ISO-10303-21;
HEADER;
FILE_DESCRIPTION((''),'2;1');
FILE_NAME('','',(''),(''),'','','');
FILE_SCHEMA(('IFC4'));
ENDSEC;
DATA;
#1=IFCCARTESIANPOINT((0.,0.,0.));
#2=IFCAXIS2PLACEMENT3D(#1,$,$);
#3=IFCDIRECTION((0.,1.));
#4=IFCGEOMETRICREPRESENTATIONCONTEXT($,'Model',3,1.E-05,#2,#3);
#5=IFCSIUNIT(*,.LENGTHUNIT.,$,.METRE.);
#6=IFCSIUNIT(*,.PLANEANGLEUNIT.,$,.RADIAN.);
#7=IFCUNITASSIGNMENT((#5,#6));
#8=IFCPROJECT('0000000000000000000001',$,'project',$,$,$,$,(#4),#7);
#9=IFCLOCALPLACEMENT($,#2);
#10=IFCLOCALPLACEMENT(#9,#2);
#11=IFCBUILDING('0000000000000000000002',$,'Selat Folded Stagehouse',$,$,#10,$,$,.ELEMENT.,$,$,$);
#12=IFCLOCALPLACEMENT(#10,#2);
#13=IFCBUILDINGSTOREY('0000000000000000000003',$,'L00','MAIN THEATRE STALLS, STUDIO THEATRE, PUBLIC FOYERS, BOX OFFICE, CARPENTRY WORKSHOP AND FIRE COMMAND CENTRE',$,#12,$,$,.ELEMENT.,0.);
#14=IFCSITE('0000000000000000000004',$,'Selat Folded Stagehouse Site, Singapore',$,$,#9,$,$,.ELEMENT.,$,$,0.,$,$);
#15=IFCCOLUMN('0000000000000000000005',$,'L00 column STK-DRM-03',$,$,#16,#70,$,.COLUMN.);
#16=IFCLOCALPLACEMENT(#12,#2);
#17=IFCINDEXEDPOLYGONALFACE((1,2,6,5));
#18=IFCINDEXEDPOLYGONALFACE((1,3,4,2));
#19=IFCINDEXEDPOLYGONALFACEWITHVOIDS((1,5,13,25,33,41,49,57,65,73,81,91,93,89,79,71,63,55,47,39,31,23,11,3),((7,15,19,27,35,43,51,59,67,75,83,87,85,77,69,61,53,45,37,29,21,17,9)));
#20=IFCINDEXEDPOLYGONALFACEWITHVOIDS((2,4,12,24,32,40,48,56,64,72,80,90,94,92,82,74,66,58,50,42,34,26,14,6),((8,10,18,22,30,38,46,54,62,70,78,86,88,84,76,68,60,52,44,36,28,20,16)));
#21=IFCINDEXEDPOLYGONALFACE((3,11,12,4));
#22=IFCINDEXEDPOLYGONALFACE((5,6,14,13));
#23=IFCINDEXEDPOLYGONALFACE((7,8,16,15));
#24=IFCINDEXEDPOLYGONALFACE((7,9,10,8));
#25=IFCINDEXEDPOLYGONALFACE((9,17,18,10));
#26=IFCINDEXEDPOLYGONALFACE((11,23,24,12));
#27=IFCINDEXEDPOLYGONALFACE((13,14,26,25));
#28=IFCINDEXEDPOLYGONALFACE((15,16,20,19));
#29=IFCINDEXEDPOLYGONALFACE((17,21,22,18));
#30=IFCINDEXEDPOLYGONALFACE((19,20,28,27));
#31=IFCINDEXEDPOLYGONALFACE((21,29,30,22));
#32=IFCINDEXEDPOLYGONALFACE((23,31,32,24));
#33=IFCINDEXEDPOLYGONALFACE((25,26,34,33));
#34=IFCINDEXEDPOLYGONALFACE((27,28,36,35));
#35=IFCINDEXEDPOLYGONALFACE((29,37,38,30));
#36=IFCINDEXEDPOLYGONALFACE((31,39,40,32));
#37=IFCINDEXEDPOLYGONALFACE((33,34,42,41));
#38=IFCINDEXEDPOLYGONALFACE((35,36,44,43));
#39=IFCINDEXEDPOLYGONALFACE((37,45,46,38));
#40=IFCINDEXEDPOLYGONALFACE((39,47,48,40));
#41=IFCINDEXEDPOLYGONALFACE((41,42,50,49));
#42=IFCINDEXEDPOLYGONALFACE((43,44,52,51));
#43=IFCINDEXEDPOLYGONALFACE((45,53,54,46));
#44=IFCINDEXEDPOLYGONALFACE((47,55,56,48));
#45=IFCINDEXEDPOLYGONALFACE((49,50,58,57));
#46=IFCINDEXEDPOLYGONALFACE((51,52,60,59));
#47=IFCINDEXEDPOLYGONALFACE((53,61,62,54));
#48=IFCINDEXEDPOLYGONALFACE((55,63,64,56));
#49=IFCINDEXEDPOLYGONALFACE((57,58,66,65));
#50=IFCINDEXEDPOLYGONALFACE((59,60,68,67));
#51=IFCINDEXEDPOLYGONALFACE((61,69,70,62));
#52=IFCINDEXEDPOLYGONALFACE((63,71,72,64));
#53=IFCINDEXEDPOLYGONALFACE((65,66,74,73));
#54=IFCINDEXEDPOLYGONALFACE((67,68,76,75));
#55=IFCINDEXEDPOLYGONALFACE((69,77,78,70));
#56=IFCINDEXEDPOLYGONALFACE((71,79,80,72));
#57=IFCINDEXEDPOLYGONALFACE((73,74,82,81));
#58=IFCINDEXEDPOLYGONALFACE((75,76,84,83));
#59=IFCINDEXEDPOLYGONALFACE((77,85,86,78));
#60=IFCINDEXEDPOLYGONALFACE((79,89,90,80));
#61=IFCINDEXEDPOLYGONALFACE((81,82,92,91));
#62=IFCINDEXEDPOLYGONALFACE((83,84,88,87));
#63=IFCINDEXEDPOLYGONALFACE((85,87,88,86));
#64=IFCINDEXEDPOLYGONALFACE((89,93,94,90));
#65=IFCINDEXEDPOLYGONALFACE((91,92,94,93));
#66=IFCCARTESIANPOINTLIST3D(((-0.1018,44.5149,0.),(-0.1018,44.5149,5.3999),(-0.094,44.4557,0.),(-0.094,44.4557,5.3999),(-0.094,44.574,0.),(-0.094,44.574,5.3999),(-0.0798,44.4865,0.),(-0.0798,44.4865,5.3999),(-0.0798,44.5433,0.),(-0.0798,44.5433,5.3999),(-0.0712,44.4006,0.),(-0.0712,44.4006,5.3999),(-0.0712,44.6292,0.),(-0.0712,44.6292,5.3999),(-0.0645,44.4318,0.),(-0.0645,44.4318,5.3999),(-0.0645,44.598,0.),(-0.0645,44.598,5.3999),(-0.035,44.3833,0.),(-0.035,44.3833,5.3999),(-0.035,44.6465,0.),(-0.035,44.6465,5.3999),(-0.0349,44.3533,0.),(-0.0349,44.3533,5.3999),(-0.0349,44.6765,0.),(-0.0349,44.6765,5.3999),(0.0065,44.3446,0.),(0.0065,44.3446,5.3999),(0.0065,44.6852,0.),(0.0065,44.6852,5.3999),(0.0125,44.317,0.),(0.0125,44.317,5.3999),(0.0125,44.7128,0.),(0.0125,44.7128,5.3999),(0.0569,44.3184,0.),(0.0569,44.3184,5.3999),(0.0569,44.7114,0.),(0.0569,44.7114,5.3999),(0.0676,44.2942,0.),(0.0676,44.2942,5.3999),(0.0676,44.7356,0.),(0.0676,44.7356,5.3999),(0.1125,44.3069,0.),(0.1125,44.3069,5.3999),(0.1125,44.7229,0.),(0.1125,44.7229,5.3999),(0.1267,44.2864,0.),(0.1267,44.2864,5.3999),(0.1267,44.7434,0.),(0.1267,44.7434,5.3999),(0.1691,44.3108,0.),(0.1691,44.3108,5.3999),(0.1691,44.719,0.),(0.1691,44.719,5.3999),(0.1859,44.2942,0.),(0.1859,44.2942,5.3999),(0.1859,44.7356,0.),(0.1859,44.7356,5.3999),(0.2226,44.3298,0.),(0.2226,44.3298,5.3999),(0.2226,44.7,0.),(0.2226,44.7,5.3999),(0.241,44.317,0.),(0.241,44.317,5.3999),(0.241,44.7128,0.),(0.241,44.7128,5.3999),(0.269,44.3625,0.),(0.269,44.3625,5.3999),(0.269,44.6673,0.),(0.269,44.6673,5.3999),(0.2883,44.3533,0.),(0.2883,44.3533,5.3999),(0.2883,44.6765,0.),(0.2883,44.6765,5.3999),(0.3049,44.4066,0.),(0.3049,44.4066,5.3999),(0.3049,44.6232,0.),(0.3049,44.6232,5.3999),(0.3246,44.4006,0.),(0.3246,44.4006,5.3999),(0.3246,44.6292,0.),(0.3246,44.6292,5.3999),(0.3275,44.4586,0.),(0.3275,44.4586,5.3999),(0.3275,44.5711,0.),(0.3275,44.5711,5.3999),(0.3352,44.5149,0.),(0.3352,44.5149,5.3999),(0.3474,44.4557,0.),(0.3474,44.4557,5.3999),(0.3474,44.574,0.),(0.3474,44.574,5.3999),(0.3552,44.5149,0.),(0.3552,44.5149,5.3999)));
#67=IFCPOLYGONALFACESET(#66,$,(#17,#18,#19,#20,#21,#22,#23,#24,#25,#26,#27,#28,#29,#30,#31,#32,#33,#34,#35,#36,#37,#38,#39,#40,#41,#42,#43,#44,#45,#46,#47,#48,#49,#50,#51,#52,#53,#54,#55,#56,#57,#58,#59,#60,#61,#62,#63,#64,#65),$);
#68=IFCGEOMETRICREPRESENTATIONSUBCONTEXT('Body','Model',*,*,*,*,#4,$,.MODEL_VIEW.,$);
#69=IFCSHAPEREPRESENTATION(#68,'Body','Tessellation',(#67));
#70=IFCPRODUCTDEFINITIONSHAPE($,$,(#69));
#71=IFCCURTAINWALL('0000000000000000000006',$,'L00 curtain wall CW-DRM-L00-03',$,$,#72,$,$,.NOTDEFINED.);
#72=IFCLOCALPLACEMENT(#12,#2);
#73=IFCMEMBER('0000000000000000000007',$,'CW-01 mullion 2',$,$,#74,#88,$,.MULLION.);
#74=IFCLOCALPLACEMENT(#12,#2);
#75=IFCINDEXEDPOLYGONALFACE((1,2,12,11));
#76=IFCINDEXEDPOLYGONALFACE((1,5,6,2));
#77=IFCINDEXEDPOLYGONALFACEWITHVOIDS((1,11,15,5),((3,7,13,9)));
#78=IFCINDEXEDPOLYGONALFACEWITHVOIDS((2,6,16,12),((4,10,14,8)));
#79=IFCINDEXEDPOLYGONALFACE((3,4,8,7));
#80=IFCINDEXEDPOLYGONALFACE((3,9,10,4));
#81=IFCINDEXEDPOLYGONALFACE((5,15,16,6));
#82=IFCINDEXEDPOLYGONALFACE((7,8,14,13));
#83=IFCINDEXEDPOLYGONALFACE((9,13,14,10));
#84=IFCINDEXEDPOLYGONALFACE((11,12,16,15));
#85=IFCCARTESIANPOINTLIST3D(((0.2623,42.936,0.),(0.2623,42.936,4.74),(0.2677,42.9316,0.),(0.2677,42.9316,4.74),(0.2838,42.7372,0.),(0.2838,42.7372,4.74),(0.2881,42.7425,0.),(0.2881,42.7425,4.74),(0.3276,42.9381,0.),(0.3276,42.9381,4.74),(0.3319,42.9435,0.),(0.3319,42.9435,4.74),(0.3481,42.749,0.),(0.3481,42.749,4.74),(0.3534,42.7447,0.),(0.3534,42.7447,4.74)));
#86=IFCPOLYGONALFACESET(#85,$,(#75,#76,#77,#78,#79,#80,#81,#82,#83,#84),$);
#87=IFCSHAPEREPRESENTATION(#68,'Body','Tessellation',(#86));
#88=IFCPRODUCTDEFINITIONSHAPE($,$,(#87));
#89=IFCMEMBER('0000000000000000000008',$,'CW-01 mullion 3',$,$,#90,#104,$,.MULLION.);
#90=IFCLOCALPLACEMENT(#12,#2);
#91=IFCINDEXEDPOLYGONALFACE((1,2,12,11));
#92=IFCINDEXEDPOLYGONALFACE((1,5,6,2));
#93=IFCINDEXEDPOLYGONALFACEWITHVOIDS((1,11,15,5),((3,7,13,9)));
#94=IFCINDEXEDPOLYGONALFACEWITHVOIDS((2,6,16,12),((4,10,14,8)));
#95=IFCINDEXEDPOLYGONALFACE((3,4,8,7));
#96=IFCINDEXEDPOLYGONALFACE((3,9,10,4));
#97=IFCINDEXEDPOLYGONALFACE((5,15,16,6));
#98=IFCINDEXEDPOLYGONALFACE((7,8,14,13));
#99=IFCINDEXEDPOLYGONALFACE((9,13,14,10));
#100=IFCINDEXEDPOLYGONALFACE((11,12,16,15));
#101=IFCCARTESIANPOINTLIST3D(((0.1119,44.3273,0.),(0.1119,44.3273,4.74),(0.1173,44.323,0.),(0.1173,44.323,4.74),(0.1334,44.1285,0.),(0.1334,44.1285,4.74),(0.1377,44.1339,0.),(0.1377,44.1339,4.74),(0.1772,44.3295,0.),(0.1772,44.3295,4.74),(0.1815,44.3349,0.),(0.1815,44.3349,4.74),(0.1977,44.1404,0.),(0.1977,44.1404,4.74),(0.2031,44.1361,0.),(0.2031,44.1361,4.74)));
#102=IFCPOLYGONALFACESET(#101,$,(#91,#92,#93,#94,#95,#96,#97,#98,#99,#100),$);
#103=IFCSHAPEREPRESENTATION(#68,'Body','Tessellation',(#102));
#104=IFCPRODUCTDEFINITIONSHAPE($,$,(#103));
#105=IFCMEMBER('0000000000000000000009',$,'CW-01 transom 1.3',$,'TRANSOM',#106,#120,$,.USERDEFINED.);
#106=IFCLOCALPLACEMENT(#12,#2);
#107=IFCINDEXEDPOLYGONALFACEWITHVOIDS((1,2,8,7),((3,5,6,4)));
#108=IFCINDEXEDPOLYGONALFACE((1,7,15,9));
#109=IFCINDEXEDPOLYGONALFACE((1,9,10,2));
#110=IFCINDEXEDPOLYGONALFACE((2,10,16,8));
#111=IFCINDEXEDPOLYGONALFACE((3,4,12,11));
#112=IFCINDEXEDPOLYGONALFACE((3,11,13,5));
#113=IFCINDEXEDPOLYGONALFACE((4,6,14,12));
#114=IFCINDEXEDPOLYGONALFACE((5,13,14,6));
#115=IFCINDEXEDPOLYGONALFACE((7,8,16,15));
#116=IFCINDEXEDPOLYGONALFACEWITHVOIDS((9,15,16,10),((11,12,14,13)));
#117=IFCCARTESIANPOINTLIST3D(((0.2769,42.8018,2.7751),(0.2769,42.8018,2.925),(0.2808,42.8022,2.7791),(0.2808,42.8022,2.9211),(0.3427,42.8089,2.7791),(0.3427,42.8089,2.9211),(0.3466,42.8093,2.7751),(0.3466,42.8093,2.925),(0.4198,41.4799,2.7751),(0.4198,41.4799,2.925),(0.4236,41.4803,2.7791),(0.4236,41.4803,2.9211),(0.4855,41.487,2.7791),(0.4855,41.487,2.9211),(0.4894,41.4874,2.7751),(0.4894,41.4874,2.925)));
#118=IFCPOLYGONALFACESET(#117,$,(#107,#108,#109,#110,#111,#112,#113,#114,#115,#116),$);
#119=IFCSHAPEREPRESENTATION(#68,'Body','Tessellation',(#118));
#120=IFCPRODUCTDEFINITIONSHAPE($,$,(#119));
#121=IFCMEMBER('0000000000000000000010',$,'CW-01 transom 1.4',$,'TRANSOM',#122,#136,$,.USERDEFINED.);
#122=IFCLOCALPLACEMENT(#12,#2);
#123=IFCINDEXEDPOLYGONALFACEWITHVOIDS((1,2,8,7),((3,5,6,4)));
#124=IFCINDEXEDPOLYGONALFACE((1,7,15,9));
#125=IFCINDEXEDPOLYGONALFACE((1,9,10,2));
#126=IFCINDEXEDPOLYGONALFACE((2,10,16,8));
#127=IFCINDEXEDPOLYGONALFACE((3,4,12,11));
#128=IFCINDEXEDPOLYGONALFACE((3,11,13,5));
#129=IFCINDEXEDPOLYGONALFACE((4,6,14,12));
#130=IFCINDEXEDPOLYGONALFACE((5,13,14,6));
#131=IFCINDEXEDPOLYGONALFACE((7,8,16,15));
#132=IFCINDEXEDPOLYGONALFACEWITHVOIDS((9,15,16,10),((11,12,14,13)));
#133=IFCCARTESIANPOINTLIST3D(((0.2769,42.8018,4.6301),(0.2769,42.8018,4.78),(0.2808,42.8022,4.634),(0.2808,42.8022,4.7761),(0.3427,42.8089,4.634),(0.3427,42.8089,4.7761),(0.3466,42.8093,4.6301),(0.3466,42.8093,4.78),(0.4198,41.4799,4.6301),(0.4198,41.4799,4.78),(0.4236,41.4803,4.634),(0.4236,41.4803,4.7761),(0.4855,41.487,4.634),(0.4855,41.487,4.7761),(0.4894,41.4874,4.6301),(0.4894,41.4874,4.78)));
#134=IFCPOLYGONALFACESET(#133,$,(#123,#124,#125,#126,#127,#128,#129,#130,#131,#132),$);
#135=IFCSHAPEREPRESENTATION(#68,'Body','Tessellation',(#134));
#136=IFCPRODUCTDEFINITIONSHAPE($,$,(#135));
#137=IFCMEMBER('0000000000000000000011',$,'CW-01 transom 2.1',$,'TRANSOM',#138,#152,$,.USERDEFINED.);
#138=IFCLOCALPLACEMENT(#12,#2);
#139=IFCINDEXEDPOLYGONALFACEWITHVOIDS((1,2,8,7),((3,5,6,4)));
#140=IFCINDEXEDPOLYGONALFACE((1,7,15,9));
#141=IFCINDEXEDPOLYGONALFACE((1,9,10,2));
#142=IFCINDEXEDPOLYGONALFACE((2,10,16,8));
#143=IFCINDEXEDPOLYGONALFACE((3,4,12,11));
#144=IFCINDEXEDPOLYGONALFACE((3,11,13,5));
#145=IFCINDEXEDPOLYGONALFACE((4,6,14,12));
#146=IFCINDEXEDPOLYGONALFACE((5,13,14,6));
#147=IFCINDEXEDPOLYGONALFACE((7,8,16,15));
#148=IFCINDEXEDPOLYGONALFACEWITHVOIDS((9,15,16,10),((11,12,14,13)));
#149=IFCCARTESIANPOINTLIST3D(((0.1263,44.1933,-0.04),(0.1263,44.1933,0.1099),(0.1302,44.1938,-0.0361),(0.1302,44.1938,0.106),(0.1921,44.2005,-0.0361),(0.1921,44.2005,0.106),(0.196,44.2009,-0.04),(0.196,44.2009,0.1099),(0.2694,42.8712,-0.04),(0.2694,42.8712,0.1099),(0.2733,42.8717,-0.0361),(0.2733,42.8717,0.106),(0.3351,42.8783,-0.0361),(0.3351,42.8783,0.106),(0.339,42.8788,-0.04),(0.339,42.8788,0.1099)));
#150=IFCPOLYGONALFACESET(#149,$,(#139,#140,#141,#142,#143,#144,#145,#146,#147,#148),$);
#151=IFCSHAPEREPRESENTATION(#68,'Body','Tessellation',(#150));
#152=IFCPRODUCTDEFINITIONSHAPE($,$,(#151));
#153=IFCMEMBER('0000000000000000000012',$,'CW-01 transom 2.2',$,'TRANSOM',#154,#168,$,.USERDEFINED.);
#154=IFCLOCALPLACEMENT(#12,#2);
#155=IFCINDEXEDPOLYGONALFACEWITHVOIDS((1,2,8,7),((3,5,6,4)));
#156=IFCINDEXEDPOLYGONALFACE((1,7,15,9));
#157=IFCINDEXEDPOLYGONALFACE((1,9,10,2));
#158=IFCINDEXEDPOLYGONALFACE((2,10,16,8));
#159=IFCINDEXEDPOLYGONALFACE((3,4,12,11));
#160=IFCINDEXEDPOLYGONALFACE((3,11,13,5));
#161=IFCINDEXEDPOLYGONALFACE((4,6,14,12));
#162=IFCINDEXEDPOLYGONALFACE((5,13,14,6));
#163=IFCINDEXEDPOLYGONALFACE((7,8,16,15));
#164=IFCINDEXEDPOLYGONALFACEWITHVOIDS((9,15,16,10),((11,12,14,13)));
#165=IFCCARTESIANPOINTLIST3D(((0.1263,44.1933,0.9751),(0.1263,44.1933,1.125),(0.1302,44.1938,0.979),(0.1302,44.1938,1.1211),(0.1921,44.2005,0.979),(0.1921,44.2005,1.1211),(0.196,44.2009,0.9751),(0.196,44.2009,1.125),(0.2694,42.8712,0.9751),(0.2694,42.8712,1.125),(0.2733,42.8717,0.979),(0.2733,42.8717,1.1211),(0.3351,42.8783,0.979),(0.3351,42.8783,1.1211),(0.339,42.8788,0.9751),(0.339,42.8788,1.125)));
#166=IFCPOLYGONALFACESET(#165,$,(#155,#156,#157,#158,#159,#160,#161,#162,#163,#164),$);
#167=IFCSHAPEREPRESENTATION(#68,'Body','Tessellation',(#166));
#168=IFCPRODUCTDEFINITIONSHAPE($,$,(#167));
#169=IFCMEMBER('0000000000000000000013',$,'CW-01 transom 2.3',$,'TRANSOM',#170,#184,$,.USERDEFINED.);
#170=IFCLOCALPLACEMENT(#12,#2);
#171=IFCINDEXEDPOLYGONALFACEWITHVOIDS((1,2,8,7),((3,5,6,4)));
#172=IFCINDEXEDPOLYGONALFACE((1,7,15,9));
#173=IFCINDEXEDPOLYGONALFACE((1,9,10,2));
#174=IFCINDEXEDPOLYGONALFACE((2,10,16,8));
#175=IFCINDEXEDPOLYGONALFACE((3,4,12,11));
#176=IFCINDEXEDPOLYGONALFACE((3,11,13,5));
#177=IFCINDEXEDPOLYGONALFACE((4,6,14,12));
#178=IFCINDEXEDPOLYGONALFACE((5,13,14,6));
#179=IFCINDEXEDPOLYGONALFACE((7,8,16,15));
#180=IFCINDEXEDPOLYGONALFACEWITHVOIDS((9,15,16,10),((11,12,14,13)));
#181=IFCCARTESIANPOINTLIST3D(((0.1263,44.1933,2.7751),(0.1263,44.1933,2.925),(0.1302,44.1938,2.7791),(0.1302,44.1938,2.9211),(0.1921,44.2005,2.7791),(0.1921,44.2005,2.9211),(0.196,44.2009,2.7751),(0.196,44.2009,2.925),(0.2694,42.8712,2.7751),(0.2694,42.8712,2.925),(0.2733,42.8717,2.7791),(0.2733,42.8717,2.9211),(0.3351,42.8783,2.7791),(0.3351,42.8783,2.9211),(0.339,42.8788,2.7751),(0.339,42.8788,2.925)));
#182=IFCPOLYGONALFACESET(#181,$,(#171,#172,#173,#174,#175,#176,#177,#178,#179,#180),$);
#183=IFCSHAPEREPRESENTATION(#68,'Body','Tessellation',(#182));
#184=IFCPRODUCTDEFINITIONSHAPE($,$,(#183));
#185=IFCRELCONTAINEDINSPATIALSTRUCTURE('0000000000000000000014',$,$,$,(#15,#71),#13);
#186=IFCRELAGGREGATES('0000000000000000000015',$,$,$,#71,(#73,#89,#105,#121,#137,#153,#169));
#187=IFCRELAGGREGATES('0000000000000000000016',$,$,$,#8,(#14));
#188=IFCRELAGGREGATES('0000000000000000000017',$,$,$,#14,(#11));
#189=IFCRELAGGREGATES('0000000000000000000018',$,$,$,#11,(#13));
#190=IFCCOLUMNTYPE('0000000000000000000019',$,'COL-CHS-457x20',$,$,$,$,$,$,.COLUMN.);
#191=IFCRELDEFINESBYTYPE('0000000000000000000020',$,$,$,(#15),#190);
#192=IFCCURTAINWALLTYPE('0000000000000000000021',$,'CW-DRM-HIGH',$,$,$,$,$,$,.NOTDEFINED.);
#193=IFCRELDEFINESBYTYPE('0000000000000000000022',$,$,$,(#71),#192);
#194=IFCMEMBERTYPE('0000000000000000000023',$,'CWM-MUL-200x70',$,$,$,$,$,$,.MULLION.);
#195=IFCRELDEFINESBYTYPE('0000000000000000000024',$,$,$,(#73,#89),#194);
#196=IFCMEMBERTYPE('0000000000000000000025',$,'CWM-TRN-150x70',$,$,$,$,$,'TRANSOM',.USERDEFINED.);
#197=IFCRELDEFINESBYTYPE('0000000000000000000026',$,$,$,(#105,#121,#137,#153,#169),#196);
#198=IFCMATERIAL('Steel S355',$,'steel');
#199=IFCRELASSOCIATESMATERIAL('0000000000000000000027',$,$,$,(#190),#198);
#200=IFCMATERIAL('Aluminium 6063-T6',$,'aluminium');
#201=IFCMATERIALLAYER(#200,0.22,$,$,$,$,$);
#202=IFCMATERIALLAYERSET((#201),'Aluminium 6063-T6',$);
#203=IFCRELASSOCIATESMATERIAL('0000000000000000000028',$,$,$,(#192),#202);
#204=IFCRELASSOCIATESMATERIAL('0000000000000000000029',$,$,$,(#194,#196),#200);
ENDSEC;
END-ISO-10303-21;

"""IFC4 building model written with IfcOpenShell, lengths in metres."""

from ifc_helpers import new_model, si_unit, direction, frame, origin, origin_2d, place, context, subcontext, project, spatial, hollow_rectangle, hollow_circle, extrude, material, layer, layer_set, material_profile, profile_set, type_object, element, aggregate, save


model = new_model("IFC4")

# Units and contexts
model_context = context("Model", 3, precision=1e-05, world=origin(), true_north=direction((0.0, 1.0)))
body_context = subcontext(model_context, "Body", "Model", "MODEL_VIEW")
ifc_project = project(units=[si_unit("LENGTHUNIT", "METRE"), si_unit("PLANEANGLEUNIT", "RADIAN")], contexts=[model_context])

# Site, building, storey
site_placement = place(None, origin())
site = spatial("IfcSite", under=ifc_project, at=site_placement, Name="Selat Folded Stagehouse Site, Singapore", CompositionType="ELEMENT", RefElevation=0.0)
building_placement = place(site_placement, origin())
building = spatial("IfcBuilding", under=site, at=building_placement, Name="Selat Folded Stagehouse", CompositionType="ELEMENT")
storey_placement = place(building_placement, origin())
storey = spatial("IfcBuildingStorey", under=building, at=storey_placement, Name="L00", Description="MAIN THEATRE STALLS, STUDIO THEATRE, PUBLIC FOYERS, BOX OFFICE, CARPENTRY WORKSHOP AND FIRE COMMAND CENTRE", CompositionType="ELEMENT", Elevation=0.0)

# Column
ifc_material_1 = material(Name="Steel S355", Category="steel")
ifc_material_profile_1 = material_profile(ifc_material_1, hollow_circle(Radius=0.2285, WallThickness=0.02, at=origin_2d()), Name="CHS 457.0x20.0")
ifc_profile_set_1 = profile_set([ifc_material_profile_1], Name="Steel S355")
column_type = type_object("IfcColumnType", Name="COL-CHS-457x20", PredefinedType="COLUMN", material=ifc_profile_set_1)
column_placement = place(storey_placement, frame((0.1267, 44.5149, 0.0), z_axis=(0.0, 0.0, 1.0), x_axis=(1.0, 0.0, 0.0)))
element("IfcColumn", 1, at=column_placement, inside=storey, type_object=column_type, Name="L00 column STK-DRM-03", PredefinedType="COLUMN", context=body_context, shape_type="SweptSolid", body=[
    extrude(hollow_circle(Radius=0.2285, WallThickness=0.02, at=origin_2d()), origin(), (0.0, 0.0, 1.0), 5.3999),
])

# Curtain wall, members
ifc_material_2 = material(Name="Aluminium 6063-T6", Category="aluminium")
ifc_layer_1 = layer(ifc_material_2, 0.22)
ifc_layer_set_1 = layer_set([ifc_layer_1], Name="Aluminium 6063-T6")
curtain_wall_type = type_object("IfcCurtainWallType", Name="CW-DRM-HIGH", PredefinedType="NOTDEFINED", material=ifc_layer_set_1)
curtain_wall_placement = place(storey_placement, origin())
curtain_wall = element("IfcCurtainWall", 2, at=curtain_wall_placement, inside=storey, type_object=curtain_wall_type, Name="L00 curtain wall CW-DRM-L00-03", PredefinedType="NOTDEFINED")
ifc_material_profile_2 = material_profile(ifc_material_2, hollow_rectangle(XDim=0.0701, YDim=0.2, WallThickness=0.0049, at=origin_2d()), Name="ALU 200x70x5.0")
ifc_profile_set_2 = profile_set([ifc_material_profile_2], Name="Aluminium 6063-T6")
member_type_1 = type_object("IfcMemberType", Name="CWM-MUL-200x70", PredefinedType="MULLION", material=ifc_profile_set_2)
member_1_placement = place(storey_placement, frame((0.3079, 42.8403, 0.0), z_axis=(0.0, 0.0, 1.0), x_axis=(-0.994199, -0.107558, 0.0)))
member_1 = element("IfcMember", 3, at=member_1_placement, type_object=member_type_1, Name="CW-01 mullion 2", PredefinedType="MULLION", context=body_context, shape_type="SweptSolid", body=[
    extrude(hollow_rectangle(XDim=0.0701, YDim=0.2, WallThickness=0.0049, at=origin_2d()), origin(), (0.0, 0.0, 1.0), 4.74),
])
member_2_placement = place(storey_placement, frame((0.1575, 44.2317, 0.0), z_axis=(0.0, 0.0, 1.0), x_axis=(-0.994199, -0.107558, 0.0)))
member_2 = element("IfcMember", 4, at=member_2_placement, type_object=member_type_1, Name="CW-01 mullion 3", PredefinedType="MULLION", context=body_context, shape_type="SweptSolid", body=[
    extrude(hollow_rectangle(XDim=0.0701, YDim=0.2, WallThickness=0.0049, at=origin_2d()), origin(), (0.0, 0.0, 1.0), 4.74),
])
ifc_material_profile_3 = material_profile(ifc_material_2, hollow_rectangle(XDim=0.0701, YDim=0.1499, WallThickness=0.0039, at=origin_2d()), Name="ALU 150x70x4.0")
ifc_profile_set_3 = profile_set([ifc_material_profile_3], Name="Aluminium 6063-T6")
member_type_2 = type_object("IfcMemberType", Name="CWM-TRN-150x70", ElementType="TRANSOM", PredefinedType="USERDEFINED", material=ifc_profile_set_3)
member_3_placement = place(storey_placement, frame((0.4546, 41.4836, 2.8501), z_axis=(-0.107428, 0.994213, 0.0), x_axis=(-0.994213, -0.107428, 0.0)))
member_3 = element("IfcMember", 5, at=member_3_placement, type_object=member_type_2, Name="CW-01 transom 1.3", ObjectType="TRANSOM", PredefinedType="USERDEFINED", context=body_context, shape_type="SweptSolid", body=[
    extrude(hollow_rectangle(XDim=0.0701, YDim=0.1499, WallThickness=0.0039, at=origin_2d()), origin(), (0.0, 0.0, 1.0), 1.3296),
])
member_4_placement = place(storey_placement, frame((0.4546, 41.4836, 4.7051), z_axis=(-0.107428, 0.994213, 0.0), x_axis=(-0.994213, -0.107428, 0.0)))
member_4 = element("IfcMember", 6, at=member_4_placement, type_object=member_type_2, Name="CW-01 transom 1.4", ObjectType="TRANSOM", PredefinedType="USERDEFINED", context=body_context, shape_type="SweptSolid", body=[
    extrude(hollow_rectangle(XDim=0.0701, YDim=0.1499, WallThickness=0.0039, at=origin_2d()), origin(), (0.0, 0.0, 1.0), 1.3296),
])
member_5_placement = place(storey_placement, frame((0.3042, 42.875, 0.0349), z_axis=(-0.10759, 0.994195, 0.0), x_axis=(-0.994195, -0.10759, 0.0)))
member_5 = element("IfcMember", 7, at=member_5_placement, type_object=member_type_2, Name="CW-01 transom 2.1", ObjectType="TRANSOM", PredefinedType="USERDEFINED", context=body_context, shape_type="SweptSolid", body=[
    extrude(hollow_rectangle(XDim=0.0701, YDim=0.1499, WallThickness=0.0039, at=origin_2d()), origin(), (0.0, 0.0, 1.0), 1.3298),
])
member_6_placement = place(storey_placement, frame((0.3042, 42.875, 1.05), z_axis=(-0.10759, 0.994195, 0.0), x_axis=(-0.994195, -0.10759, 0.0)))
member_6 = element("IfcMember", 8, at=member_6_placement, type_object=member_type_2, Name="CW-01 transom 2.2", ObjectType="TRANSOM", PredefinedType="USERDEFINED", context=body_context, shape_type="SweptSolid", body=[
    extrude(hollow_rectangle(XDim=0.0701, YDim=0.1499, WallThickness=0.0039, at=origin_2d()), origin(), (0.0, 0.0, 1.0), 1.3298),
])
member_7_placement = place(storey_placement, frame((0.3042, 42.875, 2.8501), z_axis=(-0.10759, 0.994195, 0.0), x_axis=(-0.994195, -0.10759, 0.0)))
member_7 = element("IfcMember", 9, at=member_7_placement, type_object=member_type_2, Name="CW-01 transom 2.3", ObjectType="TRANSOM", PredefinedType="USERDEFINED", context=body_context, shape_type="SweptSolid", body=[
    extrude(hollow_rectangle(XDim=0.0701, YDim=0.1499, WallThickness=0.0039, at=origin_2d()), origin(), (0.0, 0.0, 1.0), 1.3298),
])

aggregate(curtain_wall, [member_1, member_2, member_3, member_4, member_5, member_6, member_7])

save(model, "model.ifc")
